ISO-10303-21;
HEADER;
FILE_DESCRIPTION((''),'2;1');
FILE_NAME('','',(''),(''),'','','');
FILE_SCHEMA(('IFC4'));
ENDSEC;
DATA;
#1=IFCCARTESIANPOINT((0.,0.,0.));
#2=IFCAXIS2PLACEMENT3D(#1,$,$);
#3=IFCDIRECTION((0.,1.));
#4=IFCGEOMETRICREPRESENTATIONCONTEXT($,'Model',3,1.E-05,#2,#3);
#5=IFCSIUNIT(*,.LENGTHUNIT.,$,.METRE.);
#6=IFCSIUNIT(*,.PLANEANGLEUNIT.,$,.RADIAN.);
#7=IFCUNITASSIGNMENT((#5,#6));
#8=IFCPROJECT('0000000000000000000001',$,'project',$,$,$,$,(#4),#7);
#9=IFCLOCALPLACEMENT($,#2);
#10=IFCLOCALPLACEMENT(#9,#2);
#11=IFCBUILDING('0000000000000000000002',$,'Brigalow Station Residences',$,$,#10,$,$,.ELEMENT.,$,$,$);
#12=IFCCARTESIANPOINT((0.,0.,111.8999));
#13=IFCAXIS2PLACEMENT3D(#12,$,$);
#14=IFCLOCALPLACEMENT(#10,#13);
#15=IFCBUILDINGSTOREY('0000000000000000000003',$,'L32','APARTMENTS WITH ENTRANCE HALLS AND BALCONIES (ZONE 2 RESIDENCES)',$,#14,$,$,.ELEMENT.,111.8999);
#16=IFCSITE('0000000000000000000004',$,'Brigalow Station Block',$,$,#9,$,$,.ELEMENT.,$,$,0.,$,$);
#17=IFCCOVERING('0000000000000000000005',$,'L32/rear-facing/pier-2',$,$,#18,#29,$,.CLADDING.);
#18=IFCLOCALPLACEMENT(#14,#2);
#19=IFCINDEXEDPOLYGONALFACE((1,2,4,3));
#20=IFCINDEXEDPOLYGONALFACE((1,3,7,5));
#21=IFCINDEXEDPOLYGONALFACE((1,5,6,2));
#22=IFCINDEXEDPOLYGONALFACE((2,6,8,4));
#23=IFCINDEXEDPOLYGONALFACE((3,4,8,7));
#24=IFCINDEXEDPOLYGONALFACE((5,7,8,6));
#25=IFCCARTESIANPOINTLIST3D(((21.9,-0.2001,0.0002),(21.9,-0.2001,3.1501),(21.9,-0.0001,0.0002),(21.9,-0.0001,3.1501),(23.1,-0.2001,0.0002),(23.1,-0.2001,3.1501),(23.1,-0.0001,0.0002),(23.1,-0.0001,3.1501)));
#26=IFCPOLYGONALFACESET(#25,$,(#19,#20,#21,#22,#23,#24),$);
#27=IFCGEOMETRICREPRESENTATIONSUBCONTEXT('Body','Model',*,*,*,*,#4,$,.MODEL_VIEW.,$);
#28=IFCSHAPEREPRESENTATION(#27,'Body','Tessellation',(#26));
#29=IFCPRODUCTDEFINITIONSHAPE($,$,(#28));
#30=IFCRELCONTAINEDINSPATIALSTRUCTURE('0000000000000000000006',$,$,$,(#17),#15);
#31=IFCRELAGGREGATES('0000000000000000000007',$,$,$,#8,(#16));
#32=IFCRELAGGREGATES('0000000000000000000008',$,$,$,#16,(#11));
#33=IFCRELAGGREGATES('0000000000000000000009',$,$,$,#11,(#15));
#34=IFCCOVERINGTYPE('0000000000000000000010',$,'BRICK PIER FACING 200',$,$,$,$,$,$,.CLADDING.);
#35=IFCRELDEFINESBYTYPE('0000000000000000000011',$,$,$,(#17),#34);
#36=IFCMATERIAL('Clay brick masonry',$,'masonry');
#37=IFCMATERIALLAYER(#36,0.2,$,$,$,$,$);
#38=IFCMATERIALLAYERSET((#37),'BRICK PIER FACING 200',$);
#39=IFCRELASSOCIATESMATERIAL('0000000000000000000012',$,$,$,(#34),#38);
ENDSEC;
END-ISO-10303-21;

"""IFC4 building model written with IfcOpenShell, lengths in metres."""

from ifc_helpers import new_model, si_unit, direction, frame, origin, origin_2d, place, context, subcontext, project, spatial, rectangle, extrude, material, layer, layer_set, type_object, element, save


model = new_model("IFC4")

# Units and contexts
model_context = context("Model", 3, precision=1e-05, world=origin(), true_north=direction((0.0, 1.0)))
body_context = subcontext(model_context, "Body", "Model", "MODEL_VIEW")
ifc_project = project(units=[si_unit("LENGTHUNIT", "METRE"), si_unit("PLANEANGLEUNIT", "RADIAN")], contexts=[model_context])

# Site, building, storey
site_placement = place(None, origin())
site = spatial("IfcSite", under=ifc_project, at=site_placement, Name="Brigalow Station Block", CompositionType="ELEMENT", RefElevation=0.0)
building_placement = place(site_placement, origin())
building = spatial("IfcBuilding", under=site, at=building_placement, Name="Brigalow Station Residences", CompositionType="ELEMENT")
storey_placement = place(building_placement, frame((0.0, 0.0, 111.8999)))
storey = spatial("IfcBuildingStorey", under=building, at=storey_placement, Name="L32", Description="APARTMENTS WITH ENTRANCE HALLS AND BALCONIES (ZONE 2 RESIDENCES)", CompositionType="ELEMENT", Elevation=111.8999)

# Covering
ifc_material_1 = material(Name="Clay brick masonry", Category="masonry")
ifc_layer_1 = layer(ifc_material_1, 0.2)
ifc_layer_set_1 = layer_set([ifc_layer_1], Name="BRICK PIER FACING 200")
covering_type_1 = type_object("IfcCoveringType", Name="BRICK PIER FACING 200", PredefinedType="CLADDING", material=ifc_layer_set_1)
covering_1_placement = place(storey_placement, frame((22.5, -0.1001, 0.0002), z_axis=(0.0, 0.0, 1.0), x_axis=(1.0, 0.0, 0.0)))
element("IfcCovering", 1, at=covering_1_placement, inside=storey, type_object=covering_type_1, Name="L32/rear-facing/pier-2", PredefinedType="CLADDING", context=body_context, shape_type="SweptSolid", body=[
    extrude(rectangle(XDim=1.2, YDim=0.2, at=origin_2d()), origin(), (0.0, 0.0, 1.0), 3.1499),
])

save(model, "model.ifc")
